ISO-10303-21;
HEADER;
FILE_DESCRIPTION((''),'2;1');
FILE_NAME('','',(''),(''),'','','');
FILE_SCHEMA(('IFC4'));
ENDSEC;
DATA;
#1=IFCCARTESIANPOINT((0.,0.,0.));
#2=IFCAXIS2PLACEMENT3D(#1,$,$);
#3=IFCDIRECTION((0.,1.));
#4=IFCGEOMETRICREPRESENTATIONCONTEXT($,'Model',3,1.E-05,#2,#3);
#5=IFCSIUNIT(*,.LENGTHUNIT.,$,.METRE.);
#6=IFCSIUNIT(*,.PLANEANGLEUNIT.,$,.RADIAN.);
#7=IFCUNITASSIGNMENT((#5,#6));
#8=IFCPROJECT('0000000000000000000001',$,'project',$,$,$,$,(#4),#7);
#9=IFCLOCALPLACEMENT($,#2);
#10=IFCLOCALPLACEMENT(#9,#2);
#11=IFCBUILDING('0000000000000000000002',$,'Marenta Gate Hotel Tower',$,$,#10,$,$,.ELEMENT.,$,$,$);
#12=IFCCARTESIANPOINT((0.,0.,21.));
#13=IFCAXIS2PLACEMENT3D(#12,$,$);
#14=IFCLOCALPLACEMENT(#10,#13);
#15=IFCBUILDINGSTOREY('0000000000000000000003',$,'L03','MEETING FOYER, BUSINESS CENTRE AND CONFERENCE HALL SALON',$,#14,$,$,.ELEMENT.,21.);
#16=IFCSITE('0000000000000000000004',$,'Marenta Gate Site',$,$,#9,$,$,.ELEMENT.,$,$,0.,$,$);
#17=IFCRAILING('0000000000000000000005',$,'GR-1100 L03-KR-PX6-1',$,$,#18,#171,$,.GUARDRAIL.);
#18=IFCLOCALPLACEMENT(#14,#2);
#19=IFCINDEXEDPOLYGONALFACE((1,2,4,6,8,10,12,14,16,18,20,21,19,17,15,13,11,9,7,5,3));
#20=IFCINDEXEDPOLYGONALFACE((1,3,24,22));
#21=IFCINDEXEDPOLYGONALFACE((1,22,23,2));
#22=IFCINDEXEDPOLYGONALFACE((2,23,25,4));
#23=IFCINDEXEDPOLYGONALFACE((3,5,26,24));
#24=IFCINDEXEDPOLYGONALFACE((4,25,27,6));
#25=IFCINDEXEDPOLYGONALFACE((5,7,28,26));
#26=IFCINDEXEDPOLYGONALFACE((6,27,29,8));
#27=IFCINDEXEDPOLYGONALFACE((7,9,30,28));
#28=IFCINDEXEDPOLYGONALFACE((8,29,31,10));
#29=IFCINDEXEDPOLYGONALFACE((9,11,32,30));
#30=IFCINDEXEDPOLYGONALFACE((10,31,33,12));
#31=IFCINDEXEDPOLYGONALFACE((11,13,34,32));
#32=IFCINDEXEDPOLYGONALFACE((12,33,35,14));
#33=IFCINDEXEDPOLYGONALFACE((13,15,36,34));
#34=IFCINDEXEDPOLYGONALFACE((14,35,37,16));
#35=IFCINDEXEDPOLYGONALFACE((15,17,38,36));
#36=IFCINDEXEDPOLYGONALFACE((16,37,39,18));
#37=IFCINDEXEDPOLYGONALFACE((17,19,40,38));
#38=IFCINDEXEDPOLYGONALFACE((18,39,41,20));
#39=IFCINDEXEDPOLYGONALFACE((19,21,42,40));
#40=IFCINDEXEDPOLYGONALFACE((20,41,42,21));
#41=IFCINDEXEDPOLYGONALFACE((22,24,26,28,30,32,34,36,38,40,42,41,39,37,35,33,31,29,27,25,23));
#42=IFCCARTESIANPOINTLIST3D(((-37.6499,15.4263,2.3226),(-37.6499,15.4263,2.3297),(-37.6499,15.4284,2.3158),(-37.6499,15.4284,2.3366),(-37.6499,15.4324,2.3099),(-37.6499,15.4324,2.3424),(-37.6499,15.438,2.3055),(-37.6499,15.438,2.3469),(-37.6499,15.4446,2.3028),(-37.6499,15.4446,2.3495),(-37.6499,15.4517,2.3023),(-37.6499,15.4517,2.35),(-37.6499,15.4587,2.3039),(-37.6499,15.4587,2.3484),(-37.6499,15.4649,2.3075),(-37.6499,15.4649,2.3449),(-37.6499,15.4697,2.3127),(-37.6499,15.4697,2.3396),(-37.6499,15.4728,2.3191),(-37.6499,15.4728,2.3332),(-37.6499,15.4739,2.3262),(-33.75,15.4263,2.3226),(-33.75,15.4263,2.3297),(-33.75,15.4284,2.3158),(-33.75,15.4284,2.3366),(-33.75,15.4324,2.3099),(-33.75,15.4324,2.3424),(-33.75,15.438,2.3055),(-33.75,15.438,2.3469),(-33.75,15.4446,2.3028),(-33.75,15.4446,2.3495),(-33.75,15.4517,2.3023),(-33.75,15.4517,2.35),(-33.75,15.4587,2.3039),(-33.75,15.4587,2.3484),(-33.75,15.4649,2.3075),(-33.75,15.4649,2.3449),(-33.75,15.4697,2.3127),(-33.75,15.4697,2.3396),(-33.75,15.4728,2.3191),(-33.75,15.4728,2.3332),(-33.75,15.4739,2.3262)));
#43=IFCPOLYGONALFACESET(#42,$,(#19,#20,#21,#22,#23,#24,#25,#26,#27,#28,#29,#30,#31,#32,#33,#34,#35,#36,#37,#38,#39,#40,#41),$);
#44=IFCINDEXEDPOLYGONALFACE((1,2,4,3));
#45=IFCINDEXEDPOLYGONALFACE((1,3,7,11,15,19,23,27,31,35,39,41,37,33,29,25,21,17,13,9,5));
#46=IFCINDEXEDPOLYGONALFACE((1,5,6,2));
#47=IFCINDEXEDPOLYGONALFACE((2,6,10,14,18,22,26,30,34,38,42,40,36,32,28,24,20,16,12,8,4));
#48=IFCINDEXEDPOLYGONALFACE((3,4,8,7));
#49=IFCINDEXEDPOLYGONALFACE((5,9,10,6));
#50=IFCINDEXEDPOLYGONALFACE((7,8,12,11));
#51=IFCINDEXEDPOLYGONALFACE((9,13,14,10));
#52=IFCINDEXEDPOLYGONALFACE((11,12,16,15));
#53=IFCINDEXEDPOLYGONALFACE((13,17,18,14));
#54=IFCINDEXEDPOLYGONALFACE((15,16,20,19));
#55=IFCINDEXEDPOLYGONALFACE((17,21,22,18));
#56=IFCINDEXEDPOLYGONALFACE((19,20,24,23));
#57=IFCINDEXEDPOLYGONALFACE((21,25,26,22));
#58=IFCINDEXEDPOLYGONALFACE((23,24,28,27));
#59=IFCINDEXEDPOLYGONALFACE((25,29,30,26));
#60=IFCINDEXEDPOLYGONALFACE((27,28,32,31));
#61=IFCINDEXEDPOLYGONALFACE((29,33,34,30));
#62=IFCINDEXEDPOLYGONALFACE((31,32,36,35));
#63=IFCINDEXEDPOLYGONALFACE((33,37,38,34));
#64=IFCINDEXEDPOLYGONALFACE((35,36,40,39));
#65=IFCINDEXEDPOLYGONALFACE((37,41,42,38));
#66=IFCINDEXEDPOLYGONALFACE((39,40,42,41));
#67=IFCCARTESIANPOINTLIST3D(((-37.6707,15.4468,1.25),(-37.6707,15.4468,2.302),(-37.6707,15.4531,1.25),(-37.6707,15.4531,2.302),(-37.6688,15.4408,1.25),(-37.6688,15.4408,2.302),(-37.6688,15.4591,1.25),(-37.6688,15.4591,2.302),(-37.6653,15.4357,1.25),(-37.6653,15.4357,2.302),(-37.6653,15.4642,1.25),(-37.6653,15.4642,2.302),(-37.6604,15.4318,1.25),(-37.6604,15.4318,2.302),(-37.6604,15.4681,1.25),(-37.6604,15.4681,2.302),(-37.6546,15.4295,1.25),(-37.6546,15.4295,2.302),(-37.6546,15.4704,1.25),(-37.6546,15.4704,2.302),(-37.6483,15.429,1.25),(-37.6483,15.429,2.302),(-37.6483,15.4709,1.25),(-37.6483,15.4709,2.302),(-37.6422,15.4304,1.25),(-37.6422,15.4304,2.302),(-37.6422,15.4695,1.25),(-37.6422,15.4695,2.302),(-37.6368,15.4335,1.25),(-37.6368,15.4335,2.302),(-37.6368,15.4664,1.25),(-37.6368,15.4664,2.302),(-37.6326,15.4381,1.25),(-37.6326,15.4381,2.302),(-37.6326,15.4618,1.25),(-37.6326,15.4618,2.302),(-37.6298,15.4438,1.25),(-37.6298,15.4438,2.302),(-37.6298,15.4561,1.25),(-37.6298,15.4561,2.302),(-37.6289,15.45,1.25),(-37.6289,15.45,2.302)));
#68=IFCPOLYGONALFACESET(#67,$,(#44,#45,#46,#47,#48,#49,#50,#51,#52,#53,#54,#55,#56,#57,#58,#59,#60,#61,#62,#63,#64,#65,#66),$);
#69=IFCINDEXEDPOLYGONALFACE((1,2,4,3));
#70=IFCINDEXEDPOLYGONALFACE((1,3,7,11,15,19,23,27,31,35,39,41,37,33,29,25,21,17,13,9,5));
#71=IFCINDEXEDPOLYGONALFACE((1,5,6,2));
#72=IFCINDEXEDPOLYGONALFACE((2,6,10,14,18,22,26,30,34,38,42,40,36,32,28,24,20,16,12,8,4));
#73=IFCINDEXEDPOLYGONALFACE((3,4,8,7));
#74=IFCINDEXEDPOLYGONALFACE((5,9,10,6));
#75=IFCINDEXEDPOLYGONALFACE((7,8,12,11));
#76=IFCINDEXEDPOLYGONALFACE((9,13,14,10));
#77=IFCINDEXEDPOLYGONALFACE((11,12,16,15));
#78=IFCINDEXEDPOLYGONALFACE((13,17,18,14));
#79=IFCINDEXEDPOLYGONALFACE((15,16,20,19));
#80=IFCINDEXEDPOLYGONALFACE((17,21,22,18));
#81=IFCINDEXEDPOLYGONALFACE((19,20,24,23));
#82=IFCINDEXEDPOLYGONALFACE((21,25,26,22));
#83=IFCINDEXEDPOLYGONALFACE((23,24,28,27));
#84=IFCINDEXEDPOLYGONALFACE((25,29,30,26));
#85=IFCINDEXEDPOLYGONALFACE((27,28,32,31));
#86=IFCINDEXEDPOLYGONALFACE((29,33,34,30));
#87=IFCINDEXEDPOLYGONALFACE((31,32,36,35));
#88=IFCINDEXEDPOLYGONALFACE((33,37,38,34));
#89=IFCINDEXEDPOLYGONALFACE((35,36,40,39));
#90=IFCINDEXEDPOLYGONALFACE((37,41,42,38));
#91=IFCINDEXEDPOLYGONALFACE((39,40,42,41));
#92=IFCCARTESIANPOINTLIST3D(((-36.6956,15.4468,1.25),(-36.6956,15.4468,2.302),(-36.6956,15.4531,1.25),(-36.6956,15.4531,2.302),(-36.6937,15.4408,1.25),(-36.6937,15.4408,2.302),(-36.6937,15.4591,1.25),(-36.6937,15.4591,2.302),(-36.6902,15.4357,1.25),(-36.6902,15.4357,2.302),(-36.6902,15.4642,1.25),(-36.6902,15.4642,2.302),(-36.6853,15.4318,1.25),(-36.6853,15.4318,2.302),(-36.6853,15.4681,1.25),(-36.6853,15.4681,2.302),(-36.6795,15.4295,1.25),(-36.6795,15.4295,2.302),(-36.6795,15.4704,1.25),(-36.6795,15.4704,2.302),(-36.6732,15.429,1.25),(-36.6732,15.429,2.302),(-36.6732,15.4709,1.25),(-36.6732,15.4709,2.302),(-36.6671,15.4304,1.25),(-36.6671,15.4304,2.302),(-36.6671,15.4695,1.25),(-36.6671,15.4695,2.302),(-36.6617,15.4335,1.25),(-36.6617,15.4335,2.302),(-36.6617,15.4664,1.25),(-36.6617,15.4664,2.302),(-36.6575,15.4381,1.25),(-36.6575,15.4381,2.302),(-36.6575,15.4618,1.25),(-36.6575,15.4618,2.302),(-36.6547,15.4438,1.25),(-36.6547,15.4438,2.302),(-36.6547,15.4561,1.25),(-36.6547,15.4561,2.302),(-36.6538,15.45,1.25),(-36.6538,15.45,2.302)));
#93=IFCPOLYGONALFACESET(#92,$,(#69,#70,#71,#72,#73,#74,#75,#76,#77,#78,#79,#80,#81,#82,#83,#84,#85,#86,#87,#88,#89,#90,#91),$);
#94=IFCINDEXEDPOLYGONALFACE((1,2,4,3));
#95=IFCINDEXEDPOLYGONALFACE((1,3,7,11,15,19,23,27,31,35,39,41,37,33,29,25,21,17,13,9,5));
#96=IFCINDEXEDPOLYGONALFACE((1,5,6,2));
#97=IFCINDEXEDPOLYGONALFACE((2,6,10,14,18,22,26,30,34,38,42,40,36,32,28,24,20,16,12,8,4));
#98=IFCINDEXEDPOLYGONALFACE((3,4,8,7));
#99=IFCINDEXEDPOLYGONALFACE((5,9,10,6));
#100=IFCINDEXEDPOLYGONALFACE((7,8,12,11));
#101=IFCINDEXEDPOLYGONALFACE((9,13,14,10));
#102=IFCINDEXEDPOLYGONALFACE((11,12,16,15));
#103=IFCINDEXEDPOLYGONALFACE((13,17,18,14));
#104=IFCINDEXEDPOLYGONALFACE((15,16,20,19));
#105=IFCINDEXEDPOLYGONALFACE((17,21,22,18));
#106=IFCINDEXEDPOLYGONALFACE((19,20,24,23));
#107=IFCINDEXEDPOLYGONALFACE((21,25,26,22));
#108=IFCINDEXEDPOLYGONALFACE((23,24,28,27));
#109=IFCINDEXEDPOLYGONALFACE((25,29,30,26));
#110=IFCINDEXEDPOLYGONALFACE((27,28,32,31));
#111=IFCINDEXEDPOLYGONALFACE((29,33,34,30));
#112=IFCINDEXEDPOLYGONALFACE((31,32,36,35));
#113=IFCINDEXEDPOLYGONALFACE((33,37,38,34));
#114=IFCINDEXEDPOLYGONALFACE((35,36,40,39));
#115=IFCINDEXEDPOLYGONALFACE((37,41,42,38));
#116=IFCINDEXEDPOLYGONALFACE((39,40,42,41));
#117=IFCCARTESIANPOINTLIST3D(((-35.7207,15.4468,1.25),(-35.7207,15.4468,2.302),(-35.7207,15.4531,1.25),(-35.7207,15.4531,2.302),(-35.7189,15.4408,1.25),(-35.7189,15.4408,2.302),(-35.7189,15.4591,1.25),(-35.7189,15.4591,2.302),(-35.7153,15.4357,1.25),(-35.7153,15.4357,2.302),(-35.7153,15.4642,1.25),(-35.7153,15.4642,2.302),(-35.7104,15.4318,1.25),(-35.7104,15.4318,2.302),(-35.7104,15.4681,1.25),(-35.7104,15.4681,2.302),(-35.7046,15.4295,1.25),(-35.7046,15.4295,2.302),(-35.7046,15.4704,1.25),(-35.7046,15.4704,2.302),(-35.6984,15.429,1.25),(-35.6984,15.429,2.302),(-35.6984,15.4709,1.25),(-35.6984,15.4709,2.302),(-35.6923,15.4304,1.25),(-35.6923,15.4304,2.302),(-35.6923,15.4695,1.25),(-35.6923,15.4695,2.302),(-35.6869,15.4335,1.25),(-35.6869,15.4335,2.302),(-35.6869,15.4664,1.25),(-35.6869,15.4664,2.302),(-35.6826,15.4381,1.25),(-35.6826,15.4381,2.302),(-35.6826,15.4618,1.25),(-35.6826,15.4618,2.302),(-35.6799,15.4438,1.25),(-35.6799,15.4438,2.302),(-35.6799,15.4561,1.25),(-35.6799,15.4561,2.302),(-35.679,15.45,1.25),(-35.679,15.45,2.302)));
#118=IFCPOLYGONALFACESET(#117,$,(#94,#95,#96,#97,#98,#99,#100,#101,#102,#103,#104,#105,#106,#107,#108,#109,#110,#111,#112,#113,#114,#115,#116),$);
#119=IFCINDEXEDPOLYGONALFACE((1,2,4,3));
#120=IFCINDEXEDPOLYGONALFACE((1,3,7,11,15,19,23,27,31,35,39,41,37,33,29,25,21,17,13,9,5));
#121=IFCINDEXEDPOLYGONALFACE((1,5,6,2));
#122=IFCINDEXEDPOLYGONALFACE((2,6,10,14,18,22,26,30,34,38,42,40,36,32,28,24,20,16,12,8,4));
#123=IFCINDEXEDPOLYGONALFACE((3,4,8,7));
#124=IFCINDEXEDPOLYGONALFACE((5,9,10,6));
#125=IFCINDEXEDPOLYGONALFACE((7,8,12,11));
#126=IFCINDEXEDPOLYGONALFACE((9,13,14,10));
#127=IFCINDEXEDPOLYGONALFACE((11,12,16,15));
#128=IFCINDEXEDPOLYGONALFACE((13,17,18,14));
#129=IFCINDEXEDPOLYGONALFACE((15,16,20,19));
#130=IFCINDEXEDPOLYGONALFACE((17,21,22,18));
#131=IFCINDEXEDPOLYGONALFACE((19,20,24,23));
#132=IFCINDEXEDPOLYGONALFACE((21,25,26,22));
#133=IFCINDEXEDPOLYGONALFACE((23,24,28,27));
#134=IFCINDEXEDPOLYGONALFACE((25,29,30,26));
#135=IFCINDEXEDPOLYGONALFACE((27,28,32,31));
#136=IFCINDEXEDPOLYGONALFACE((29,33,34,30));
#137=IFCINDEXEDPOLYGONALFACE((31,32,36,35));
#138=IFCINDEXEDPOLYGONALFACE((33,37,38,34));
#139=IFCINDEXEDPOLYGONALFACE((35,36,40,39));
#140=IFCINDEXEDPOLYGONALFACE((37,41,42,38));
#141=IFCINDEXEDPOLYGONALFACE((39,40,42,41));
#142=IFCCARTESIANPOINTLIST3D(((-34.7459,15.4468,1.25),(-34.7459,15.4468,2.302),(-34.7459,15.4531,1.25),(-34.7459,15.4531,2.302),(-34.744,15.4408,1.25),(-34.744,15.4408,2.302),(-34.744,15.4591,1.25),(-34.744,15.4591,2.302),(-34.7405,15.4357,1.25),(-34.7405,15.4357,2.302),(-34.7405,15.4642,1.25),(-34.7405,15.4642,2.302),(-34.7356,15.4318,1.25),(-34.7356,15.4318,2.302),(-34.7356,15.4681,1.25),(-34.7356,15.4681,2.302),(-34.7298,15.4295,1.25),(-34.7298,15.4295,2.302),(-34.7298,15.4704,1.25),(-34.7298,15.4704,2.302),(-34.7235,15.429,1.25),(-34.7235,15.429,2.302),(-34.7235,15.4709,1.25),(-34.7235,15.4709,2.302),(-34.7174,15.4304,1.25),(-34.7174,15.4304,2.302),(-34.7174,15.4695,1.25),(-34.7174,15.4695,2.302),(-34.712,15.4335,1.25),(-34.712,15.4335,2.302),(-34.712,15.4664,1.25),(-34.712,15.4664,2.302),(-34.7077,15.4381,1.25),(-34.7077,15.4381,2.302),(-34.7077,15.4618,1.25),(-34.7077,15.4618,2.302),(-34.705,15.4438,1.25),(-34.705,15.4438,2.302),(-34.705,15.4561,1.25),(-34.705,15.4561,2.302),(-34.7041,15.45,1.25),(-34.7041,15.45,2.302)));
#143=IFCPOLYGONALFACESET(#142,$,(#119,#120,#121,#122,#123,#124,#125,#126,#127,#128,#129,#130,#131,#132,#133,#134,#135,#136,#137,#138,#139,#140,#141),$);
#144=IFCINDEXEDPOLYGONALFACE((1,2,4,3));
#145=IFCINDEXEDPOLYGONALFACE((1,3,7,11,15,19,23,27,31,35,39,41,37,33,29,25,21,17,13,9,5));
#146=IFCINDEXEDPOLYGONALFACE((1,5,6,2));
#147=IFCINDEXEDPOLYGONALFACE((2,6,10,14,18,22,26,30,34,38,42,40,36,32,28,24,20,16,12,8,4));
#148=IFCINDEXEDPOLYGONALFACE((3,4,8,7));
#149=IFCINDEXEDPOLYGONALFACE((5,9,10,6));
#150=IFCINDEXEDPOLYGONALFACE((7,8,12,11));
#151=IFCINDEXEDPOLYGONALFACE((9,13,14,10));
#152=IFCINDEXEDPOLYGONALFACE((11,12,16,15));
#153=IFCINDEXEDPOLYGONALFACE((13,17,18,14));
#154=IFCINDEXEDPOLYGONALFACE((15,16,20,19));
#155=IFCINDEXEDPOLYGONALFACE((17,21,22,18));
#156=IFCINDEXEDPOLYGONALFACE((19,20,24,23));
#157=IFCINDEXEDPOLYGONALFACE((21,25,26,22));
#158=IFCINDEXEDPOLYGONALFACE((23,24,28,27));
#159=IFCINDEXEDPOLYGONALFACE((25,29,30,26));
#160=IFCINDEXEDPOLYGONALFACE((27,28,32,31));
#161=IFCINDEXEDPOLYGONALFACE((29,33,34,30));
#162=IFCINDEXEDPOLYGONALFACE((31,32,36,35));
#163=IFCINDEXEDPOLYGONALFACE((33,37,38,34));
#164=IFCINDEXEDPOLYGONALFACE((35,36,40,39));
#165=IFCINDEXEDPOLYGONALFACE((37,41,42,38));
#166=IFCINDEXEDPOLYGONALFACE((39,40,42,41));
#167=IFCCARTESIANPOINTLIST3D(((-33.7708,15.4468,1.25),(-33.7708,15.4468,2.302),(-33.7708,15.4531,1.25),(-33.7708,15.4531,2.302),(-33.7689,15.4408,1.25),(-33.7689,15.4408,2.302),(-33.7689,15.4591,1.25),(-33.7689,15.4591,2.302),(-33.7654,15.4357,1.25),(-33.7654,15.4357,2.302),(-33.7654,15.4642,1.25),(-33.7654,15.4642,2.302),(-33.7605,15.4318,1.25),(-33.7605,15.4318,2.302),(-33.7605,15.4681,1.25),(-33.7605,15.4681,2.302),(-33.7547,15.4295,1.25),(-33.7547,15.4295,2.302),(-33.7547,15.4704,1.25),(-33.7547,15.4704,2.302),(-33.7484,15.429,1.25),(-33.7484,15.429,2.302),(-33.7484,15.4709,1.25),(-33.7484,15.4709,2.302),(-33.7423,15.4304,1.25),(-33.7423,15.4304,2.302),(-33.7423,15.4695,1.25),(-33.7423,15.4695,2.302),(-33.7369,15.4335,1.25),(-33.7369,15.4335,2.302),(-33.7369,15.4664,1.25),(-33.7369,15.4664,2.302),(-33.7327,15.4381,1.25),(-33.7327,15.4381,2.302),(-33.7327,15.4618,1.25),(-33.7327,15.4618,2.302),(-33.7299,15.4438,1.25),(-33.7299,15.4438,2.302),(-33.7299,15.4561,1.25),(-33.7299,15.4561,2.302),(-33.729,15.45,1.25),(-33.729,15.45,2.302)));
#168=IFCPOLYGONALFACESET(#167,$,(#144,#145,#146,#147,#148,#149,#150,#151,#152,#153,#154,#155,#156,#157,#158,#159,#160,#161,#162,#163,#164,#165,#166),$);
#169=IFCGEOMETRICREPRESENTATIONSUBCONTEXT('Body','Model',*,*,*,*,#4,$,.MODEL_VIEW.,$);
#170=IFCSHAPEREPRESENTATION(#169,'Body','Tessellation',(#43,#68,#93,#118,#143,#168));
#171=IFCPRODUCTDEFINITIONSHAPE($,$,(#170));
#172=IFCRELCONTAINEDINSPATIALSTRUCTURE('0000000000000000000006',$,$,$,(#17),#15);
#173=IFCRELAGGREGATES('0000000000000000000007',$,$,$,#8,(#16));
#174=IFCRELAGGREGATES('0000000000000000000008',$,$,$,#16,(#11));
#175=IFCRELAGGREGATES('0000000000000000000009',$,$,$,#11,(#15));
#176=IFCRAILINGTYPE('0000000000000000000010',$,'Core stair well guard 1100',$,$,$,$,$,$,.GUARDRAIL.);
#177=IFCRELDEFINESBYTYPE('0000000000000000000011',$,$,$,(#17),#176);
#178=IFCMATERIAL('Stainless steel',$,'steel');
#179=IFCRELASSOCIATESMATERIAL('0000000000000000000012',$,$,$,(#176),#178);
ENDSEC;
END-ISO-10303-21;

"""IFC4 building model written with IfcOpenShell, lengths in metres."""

from ifc_helpers import new_model, si_unit, direction, frame, origin, origin_2d, place, context, subcontext, project, spatial, circle, extrude, material, type_object, element, save


model = new_model("IFC4")

# Units and contexts
model_context = context("Model", 3, precision=1e-05, world=origin(), true_north=direction((0.0, 1.0)))
body_context = subcontext(model_context, "Body", "Model", "MODEL_VIEW")
ifc_project = project(units=[si_unit("LENGTHUNIT", "METRE"), si_unit("PLANEANGLEUNIT", "RADIAN")], contexts=[model_context])

# Site, building, storey
site_placement = place(None, origin())
site = spatial("IfcSite", under=ifc_project, at=site_placement, Name="Marenta Gate Site", CompositionType="ELEMENT", RefElevation=0.0)
building_placement = place(site_placement, origin())
building = spatial("IfcBuilding", under=site, at=building_placement, Name="Marenta Gate Hotel Tower", CompositionType="ELEMENT")
storey_placement = place(building_placement, frame((0.0, 0.0, 21.0)))
storey = spatial("IfcBuildingStorey", under=building, at=storey_placement, Name="L03", Description="MEETING FOYER, BUSINESS CENTRE AND CONFERENCE HALL SALON", CompositionType="ELEMENT", Elevation=21.0)

# Railing
ifc_material_1 = material(Name="Stainless steel", Category="steel")
railing_type_1 = type_object("IfcRailingType", Name="Core stair well guard 1100", PredefinedType="GUARDRAIL", material=ifc_material_1)
for number, where, name in (
    (1, (-37.6499, 15.45, 1.25), "GR-1100 L03-KR-PX6-1"),
):
    element("IfcRailing", number, at=place(storey_placement, frame(where)), inside=storey, type_object=railing_type_1, Name=name, PredefinedType="GUARDRAIL", context=body_context, shape_type="SweptSolid", body=[
        extrude(circle(Radius=0.0239, at=origin_2d()), frame((0.0, 0.0, 1.0762), z_axis=(1.0, 0.0, 0.0), x_axis=(0.0, 1.0, 0.0)), (0.0, 0.0, 1.0), 3.8999),
        extrude(circle(Radius=0.021, at=origin_2d()), origin(), (0.0, 0.0, 1.0), 1.052),
        extrude(circle(Radius=0.021, at=origin_2d()), frame((0.9751, 0.0, 0.0)), (0.0, 0.0, 1.0), 1.052),
        extrude(circle(Radius=0.021, at=origin_2d()), frame((1.95, 0.0, 0.0)), (0.0, 0.0, 1.0), 1.052),
        extrude(circle(Radius=0.021, at=origin_2d()), frame((2.9248, 0.0, 0.0)), (0.0, 0.0, 1.0), 1.052),
        extrude(circle(Radius=0.021, at=origin_2d()), frame((3.8999, 0.0, 0.0)), (0.0, 0.0, 1.0), 1.052),
    ])

save(model, "model.ifc")
